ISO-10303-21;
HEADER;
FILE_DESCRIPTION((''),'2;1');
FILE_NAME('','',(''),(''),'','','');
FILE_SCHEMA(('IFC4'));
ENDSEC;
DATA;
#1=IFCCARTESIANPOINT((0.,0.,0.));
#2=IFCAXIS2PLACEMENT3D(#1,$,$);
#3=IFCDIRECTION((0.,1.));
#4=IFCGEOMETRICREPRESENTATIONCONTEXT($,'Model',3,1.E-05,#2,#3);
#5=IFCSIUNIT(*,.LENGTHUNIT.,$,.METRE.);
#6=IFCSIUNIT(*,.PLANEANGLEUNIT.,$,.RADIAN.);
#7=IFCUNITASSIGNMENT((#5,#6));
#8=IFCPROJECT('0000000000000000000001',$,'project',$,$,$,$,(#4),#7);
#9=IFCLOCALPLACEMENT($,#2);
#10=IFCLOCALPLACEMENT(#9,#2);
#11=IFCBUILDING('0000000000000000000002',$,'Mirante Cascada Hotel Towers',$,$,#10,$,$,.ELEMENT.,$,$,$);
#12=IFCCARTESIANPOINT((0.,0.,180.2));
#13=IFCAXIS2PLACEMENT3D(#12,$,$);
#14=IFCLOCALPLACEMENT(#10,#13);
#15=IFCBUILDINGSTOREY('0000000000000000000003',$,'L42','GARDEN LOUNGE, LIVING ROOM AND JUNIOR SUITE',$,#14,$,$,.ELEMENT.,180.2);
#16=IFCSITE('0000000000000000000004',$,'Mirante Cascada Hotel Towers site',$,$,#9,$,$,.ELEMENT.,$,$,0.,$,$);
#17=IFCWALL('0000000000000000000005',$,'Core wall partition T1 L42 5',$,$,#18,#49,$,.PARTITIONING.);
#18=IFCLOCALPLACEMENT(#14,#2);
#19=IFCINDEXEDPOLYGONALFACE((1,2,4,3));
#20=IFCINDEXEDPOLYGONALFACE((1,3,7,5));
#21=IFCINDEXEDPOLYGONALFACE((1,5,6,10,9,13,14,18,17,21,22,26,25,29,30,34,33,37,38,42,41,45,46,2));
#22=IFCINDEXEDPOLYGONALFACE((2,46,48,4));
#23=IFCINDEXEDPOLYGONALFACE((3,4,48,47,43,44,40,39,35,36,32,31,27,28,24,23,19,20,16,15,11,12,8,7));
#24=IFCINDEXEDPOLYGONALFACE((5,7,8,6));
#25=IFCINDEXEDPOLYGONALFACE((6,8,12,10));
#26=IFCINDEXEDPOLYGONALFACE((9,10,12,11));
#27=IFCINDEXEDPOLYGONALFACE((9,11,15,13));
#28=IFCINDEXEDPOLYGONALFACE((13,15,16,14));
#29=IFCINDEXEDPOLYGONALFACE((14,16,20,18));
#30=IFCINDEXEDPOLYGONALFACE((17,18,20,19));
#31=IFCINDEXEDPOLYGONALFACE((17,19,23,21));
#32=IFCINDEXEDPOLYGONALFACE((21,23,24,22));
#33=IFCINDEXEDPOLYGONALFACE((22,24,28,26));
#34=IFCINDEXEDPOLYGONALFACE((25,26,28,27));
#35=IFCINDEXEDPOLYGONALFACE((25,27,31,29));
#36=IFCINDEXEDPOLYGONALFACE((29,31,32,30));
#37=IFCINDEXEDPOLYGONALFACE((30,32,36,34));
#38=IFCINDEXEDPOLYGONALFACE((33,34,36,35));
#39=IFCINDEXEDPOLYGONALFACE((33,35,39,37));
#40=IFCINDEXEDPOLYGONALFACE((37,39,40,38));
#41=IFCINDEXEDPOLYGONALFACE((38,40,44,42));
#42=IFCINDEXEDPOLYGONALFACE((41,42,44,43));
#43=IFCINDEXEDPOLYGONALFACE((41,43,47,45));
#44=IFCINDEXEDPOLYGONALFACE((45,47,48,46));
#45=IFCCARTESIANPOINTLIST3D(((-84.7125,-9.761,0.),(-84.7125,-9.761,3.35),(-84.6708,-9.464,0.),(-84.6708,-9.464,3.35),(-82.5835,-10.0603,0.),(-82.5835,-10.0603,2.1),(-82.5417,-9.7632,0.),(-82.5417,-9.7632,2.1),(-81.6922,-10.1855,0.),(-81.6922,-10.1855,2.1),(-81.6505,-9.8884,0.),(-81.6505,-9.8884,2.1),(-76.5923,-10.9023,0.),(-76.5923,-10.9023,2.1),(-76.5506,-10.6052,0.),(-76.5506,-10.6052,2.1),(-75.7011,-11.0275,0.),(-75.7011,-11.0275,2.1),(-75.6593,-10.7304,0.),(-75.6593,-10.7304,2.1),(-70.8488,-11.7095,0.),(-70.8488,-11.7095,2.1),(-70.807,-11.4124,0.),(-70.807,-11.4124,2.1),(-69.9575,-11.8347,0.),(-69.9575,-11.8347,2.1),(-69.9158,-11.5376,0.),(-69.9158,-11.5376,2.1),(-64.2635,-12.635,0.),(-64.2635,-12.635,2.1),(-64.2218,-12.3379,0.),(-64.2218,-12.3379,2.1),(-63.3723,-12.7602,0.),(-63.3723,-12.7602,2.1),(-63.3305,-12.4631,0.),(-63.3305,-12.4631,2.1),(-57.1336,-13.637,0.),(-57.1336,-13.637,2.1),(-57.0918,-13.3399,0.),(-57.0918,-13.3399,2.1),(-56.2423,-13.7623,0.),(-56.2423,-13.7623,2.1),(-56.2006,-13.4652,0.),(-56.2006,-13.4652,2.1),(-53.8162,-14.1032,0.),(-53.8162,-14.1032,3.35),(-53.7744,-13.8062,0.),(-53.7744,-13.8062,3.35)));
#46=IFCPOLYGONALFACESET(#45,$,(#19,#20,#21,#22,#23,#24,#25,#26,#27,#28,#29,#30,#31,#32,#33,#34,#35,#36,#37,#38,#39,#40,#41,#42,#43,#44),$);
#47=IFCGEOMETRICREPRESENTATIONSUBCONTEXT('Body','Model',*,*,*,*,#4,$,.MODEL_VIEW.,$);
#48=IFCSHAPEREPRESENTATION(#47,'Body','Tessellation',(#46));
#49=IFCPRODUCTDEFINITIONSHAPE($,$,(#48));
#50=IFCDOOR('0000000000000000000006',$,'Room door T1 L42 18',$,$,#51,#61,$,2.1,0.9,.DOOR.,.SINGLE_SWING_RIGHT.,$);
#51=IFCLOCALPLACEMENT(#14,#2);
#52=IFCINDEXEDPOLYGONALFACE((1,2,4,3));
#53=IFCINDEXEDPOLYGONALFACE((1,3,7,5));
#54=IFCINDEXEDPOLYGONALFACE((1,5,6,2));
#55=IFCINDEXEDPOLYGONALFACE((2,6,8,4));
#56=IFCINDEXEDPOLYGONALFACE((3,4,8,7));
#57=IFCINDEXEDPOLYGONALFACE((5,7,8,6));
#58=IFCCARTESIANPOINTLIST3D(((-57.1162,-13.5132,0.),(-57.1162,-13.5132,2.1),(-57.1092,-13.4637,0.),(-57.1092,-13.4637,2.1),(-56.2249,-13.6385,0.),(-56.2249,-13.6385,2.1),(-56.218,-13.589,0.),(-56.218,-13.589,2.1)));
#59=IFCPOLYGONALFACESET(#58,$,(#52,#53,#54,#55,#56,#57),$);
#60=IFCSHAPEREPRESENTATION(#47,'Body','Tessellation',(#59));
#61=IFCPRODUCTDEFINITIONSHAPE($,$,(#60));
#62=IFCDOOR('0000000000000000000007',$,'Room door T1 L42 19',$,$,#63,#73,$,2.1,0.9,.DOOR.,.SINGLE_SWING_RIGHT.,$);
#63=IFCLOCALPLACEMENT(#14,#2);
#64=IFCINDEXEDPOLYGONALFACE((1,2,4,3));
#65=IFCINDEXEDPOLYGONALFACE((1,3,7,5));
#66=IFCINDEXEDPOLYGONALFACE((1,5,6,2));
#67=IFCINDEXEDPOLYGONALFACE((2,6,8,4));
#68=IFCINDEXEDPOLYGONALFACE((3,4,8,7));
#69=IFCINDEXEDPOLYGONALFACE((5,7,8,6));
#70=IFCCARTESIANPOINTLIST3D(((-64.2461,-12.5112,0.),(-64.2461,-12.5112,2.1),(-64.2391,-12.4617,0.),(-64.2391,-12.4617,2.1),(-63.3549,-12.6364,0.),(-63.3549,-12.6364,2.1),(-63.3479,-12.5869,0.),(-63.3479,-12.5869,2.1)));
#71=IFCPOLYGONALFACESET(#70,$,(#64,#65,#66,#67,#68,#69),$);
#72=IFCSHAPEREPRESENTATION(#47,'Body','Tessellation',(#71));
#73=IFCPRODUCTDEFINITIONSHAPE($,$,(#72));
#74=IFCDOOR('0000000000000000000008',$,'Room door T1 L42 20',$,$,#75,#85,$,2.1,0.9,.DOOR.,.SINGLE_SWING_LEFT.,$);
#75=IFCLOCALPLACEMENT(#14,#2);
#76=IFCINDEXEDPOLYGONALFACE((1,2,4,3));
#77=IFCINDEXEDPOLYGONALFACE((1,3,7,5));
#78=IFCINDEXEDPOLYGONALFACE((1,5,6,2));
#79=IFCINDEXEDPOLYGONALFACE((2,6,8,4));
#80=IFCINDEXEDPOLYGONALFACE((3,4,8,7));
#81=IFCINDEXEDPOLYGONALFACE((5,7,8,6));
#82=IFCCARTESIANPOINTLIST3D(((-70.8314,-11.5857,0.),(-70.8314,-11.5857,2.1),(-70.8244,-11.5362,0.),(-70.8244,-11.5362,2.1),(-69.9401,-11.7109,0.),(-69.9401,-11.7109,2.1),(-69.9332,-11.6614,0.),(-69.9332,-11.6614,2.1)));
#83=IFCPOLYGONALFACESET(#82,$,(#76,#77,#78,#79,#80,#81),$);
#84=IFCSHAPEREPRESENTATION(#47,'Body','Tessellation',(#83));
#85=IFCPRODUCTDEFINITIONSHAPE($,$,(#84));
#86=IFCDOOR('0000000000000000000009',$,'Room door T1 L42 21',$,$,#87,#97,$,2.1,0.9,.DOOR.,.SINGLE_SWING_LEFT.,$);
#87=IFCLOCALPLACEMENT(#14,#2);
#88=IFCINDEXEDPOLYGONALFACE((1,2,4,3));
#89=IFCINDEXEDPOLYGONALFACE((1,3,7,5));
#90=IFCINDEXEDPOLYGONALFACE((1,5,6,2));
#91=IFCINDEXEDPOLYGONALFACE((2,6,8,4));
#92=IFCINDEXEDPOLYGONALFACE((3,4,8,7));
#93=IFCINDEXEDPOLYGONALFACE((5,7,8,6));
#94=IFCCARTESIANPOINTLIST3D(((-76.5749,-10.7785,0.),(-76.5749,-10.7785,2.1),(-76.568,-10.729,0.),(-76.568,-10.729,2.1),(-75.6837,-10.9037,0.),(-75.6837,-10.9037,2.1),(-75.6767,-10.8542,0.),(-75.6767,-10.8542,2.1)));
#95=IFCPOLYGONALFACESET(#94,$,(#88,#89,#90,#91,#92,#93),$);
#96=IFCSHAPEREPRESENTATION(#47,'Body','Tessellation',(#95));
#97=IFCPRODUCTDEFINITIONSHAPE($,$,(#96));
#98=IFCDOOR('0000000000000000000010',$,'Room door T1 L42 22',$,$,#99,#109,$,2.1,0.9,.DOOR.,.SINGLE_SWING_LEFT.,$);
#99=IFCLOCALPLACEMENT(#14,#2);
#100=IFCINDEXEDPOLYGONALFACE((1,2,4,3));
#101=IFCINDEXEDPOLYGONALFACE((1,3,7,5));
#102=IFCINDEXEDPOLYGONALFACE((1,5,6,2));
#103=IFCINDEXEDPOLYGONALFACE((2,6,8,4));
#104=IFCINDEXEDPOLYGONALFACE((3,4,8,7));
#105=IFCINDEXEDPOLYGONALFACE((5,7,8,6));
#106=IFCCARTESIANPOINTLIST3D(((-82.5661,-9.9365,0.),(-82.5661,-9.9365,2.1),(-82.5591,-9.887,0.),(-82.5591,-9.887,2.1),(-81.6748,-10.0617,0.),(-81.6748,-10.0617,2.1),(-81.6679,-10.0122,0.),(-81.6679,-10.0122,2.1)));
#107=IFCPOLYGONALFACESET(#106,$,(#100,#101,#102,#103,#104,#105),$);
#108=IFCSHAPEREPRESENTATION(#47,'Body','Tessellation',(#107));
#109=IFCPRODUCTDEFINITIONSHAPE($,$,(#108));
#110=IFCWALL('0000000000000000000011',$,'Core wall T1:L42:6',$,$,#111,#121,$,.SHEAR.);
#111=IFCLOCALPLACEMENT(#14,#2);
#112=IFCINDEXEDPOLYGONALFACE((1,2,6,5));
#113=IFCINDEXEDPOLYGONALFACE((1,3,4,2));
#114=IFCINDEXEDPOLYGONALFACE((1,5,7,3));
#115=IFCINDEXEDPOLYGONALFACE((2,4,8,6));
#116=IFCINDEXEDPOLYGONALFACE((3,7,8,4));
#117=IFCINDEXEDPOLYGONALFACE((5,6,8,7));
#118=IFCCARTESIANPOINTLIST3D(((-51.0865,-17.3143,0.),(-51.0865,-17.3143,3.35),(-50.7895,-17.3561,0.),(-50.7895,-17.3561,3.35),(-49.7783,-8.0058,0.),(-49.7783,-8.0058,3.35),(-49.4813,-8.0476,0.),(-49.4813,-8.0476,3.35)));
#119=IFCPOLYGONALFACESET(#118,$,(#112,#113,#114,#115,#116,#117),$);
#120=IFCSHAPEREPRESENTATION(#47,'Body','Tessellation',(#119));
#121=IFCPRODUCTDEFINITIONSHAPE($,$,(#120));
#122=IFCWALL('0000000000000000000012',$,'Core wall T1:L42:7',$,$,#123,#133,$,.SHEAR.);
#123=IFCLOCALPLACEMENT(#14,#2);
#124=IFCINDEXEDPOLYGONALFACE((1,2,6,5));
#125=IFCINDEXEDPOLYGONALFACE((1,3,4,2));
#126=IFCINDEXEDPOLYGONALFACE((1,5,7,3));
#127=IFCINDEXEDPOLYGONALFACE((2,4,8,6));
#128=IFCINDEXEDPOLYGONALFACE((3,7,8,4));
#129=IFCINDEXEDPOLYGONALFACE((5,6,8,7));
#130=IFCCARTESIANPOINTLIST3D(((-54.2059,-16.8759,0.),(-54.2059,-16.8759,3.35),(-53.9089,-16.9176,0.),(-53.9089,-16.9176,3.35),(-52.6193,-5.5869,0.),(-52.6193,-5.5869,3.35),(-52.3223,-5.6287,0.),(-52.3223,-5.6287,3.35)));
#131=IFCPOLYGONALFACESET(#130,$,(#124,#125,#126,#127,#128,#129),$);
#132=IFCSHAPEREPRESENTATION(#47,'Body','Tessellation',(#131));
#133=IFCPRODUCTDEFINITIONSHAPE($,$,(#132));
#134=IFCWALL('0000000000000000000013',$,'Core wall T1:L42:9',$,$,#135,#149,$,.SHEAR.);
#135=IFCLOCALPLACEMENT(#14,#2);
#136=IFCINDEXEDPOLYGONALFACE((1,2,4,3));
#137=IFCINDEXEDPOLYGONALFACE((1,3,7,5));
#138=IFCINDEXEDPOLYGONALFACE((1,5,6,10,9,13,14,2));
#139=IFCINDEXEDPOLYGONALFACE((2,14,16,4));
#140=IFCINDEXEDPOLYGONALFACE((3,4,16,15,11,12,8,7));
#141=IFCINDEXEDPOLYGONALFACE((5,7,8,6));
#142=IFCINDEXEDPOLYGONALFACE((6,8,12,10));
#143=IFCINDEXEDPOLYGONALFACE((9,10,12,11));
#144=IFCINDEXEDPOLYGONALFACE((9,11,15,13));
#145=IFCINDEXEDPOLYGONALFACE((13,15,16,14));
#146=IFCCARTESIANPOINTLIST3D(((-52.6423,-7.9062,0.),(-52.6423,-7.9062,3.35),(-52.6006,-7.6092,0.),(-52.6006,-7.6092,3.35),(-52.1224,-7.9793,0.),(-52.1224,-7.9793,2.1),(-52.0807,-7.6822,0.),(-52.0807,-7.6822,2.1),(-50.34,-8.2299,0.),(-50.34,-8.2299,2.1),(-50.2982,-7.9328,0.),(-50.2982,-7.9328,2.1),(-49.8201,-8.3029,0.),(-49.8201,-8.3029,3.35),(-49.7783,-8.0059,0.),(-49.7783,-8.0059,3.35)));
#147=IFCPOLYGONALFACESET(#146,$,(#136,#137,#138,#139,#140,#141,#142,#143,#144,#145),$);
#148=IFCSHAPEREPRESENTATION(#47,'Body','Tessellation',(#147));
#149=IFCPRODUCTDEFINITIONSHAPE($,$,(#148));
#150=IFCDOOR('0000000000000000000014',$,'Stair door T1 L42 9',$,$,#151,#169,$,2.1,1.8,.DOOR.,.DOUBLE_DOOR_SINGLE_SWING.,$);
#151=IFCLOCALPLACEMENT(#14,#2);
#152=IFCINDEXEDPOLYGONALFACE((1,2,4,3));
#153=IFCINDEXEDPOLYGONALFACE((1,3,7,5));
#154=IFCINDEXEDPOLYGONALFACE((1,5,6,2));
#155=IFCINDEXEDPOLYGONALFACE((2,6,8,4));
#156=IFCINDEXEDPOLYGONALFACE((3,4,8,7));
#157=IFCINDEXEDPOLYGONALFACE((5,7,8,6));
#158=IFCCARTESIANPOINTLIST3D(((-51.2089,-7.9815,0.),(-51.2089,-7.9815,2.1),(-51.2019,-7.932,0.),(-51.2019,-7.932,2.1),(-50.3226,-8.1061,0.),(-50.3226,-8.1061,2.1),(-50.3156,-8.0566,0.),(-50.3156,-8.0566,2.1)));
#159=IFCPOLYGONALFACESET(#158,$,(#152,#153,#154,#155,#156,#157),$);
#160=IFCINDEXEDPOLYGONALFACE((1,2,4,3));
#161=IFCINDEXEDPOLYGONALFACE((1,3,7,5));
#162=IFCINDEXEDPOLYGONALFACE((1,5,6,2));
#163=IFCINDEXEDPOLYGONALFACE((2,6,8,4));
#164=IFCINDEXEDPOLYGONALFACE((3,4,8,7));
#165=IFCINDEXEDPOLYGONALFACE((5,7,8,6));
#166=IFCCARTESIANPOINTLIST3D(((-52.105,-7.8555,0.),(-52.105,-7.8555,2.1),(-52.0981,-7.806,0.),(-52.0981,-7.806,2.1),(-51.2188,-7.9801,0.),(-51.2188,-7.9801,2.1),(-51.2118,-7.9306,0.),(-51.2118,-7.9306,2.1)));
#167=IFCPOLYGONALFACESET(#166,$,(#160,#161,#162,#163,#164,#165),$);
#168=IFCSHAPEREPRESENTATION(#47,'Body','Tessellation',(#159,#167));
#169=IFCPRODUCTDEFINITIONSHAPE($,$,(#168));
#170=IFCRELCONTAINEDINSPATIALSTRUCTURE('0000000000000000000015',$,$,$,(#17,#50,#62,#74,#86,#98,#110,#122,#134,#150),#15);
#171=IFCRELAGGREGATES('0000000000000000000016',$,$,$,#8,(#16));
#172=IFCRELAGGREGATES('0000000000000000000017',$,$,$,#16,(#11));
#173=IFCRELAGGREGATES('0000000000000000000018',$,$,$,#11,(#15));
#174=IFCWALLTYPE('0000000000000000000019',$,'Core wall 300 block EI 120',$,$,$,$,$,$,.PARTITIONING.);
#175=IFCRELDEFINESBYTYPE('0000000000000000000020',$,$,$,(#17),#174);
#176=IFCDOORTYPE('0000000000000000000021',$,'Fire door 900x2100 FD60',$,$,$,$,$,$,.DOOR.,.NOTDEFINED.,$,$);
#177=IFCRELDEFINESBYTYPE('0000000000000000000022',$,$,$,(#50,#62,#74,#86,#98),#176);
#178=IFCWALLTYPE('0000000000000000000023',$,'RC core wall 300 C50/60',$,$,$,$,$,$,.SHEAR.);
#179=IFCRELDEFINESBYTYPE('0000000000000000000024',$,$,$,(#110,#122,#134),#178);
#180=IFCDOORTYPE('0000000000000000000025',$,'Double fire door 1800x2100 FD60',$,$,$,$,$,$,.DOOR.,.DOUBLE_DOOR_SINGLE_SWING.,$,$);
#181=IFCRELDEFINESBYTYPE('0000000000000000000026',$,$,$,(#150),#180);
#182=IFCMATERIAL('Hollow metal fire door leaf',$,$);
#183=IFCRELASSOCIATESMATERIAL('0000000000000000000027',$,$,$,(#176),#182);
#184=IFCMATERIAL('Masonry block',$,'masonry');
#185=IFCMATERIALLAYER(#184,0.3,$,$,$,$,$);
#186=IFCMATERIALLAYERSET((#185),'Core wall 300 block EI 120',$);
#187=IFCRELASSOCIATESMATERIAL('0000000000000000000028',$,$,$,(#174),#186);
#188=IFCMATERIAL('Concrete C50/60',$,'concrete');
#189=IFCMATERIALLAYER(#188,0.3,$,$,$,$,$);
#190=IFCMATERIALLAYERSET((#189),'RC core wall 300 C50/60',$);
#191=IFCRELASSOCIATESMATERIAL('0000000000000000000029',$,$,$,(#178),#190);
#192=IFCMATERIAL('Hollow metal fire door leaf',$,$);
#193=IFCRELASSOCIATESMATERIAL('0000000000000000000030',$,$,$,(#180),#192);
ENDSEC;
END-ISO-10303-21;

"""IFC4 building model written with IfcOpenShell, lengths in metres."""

from ifc_helpers import new_model, si_unit, direction, frame, frame_2d, origin, place, context, subcontext, project, spatial, rectangle, extrude, material, layer, layer_set, type_object, element, fill, save


model = new_model("IFC4")

# Units and contexts
model_context = context("Model", 3, precision=1e-05, world=origin(), true_north=direction((0.0, 1.0)))
body_context = subcontext(model_context, "Body", "Model", "MODEL_VIEW")
ifc_project = project(units=[si_unit("LENGTHUNIT", "METRE"), si_unit("PLANEANGLEUNIT", "RADIAN")], contexts=[model_context])

# Site, building, storey
site_placement = place(None, origin())
site = spatial("IfcSite", under=ifc_project, at=site_placement, Name="Mirante Cascada Hotel Towers site", CompositionType="ELEMENT", RefElevation=0.0)
building_placement = place(site_placement, origin())
building = spatial("IfcBuilding", under=site, at=building_placement, Name="Mirante Cascada Hotel Towers", CompositionType="ELEMENT")
storey_placement = place(building_placement, frame((0.0, 0.0, 180.2)))
storey = spatial("IfcBuildingStorey", under=building, at=storey_placement, Name="L42", Description="GARDEN LOUNGE, LIVING ROOM AND JUNIOR SUITE", CompositionType="ELEMENT", Elevation=180.2)

# Shared definitions
ifc_material_1 = material(Name="Hollow metal fire door leaf")
door_type_1 = type_object("IfcDoorType", Name="Fire door 900x2100 FD60", OperationType="NOTDEFINED", PredefinedType="DOOR", material=ifc_material_1)

# Wall, openings, doors
ifc_material_2 = material(Name="Masonry block", Category="masonry")
ifc_layer_1 = layer(ifc_material_2, 0.3)
ifc_layer_set_1 = layer_set([ifc_layer_1], Name="Core wall 300 block EI 120")
wall_type_1 = type_object("IfcWallType", Name="Core wall 300 block EI 120", PredefinedType="PARTITIONING", material=ifc_layer_set_1)
wall_1_placement = place(storey_placement, frame((-53.7953, -13.9547, 0.0), z_axis=(0.0, 0.0, 1.0), x_axis=(-0.990268, 0.139173, 0.0)))
wall_1 = element("IfcWall", 1, at=wall_1_placement, inside=storey, type_object=wall_type_1, Name="Core wall partition T1 L42 5", PredefinedType="PARTITIONING", context=body_context, shape_type="SweptSolid", body=[
    extrude(rectangle(XDim=31.2, YDim=0.3, at=frame_2d((15.6, 0.0))), origin(), (0.0, 0.0, 1.0), 3.35),
])
opening_1_placement = place(wall_1_placement, frame((2.45, 0.0, 0.0)))
opening_1 = element("IfcOpeningElement", 2, at=opening_1_placement, cuts=wall_1, PredefinedType="OPENING", context=body_context, shape_type="SweptSolid", body=[
    extrude(rectangle(XDim=0.9, YDim=2.1, at=frame_2d((0.45, 1.05))), frame((0.0, 0.15, 0.0), z_axis=(0.0, -1.0, 0.0), x_axis=(1.0, 0.0, 0.0)), (0.0, 0.0, 1.0), 0.3),
])
opening_2_placement = place(wall_1_placement, frame((9.65, 0.0, 0.0)))
opening_2 = element("IfcOpeningElement", 3, at=opening_2_placement, cuts=wall_1, PredefinedType="OPENING", context=body_context, shape_type="SweptSolid", body=[
    extrude(rectangle(XDim=0.9, YDim=2.1, at=frame_2d((0.45, 1.05))), frame((0.0, 0.15, 0.0), z_axis=(0.0, -1.0, 0.0), x_axis=(1.0, 0.0, 0.0)), (0.0, 0.0, 1.0), 0.3),
])
opening_3_placement = place(wall_1_placement, frame((16.3, 0.0, 0.0)))
opening_3 = element("IfcOpeningElement", 4, at=opening_3_placement, cuts=wall_1, PredefinedType="OPENING", context=body_context, shape_type="SweptSolid", body=[
    extrude(rectangle(XDim=0.9, YDim=2.1, at=frame_2d((0.45, 1.05))), frame((0.0, 0.15, 0.0), z_axis=(0.0, -1.0, 0.0), x_axis=(1.0, 0.0, 0.0)), (0.0, 0.0, 1.0), 0.3),
])
opening_4_placement = place(wall_1_placement, frame((22.1, 0.0, 0.0)))
opening_4 = element("IfcOpeningElement", 5, at=opening_4_placement, cuts=wall_1, PredefinedType="OPENING", context=body_context, shape_type="SweptSolid", body=[
    extrude(rectangle(XDim=0.9, YDim=2.1, at=frame_2d((0.45, 1.05))), frame((0.0, 0.15, 0.0), z_axis=(0.0, -1.0, 0.0), x_axis=(1.0, 0.0, 0.0)), (0.0, 0.0, 1.0), 0.3),
])
opening_5_placement = place(wall_1_placement, frame((28.15, 0.0, 0.0)))
opening_5 = element("IfcOpeningElement", 6, at=opening_5_placement, cuts=wall_1, PredefinedType="OPENING", context=body_context, shape_type="SweptSolid", body=[
    extrude(rectangle(XDim=0.9, YDim=2.1, at=frame_2d((0.45, 1.05))), frame((0.0, 0.15, 0.0), z_axis=(0.0, -1.0, 0.0), x_axis=(1.0, 0.0, 0.0)), (0.0, 0.0, 1.0), 0.3),
])
door_1_placement = place(opening_1_placement, origin())
door_1 = element("IfcDoor", 7, at=door_1_placement, inside=storey, type_object=door_type_1, Name="Room door T1 L42 18", OperationType="SINGLE_SWING_RIGHT", OverallHeight=2.1, OverallWidth=0.9, PredefinedType="DOOR", context=body_context, shape_type="SweptSolid", body=[
    extrude(rectangle(XDim=0.9, YDim=2.1, at=frame_2d((0.45, 1.05))), frame((0.0, 0.025, 0.0), z_axis=(0.0, -1.0, 0.0), x_axis=(1.0, 0.0, 0.0)), (0.0, 0.0, 1.0), 0.05),
])
fill(opening_1, door_1)
door_2_placement = place(opening_2_placement, origin())
door_2 = element("IfcDoor", 8, at=door_2_placement, inside=storey, type_object=door_type_1, Name="Room door T1 L42 19", OperationType="SINGLE_SWING_RIGHT", OverallHeight=2.1, OverallWidth=0.9, PredefinedType="DOOR", context=body_context, shape_type="SweptSolid", body=[
    extrude(rectangle(XDim=0.9, YDim=2.1, at=frame_2d((0.45, 1.05))), frame((0.0, 0.025, 0.0), z_axis=(0.0, -1.0, 0.0), x_axis=(1.0, 0.0, 0.0)), (0.0, 0.0, 1.0), 0.05),
])
fill(opening_2, door_2)
door_3_placement = place(opening_3_placement, origin())
door_3 = element("IfcDoor", 9, at=door_3_placement, inside=storey, type_object=door_type_1, Name="Room door T1 L42 20", OperationType="SINGLE_SWING_LEFT", OverallHeight=2.1, OverallWidth=0.9, PredefinedType="DOOR", context=body_context, shape_type="SweptSolid", body=[
    extrude(rectangle(XDim=0.9, YDim=2.1, at=frame_2d((0.45, 1.05))), frame((0.0, 0.025, 0.0), z_axis=(0.0, -1.0, 0.0), x_axis=(1.0, 0.0, 0.0)), (0.0, 0.0, 1.0), 0.05),
])
fill(opening_3, door_3)
door_4_placement = place(opening_4_placement, origin())
door_4 = element("IfcDoor", 10, at=door_4_placement, inside=storey, type_object=door_type_1, Name="Room door T1 L42 21", OperationType="SINGLE_SWING_LEFT", OverallHeight=2.1, OverallWidth=0.9, PredefinedType="DOOR", context=body_context, shape_type="SweptSolid", body=[
    extrude(rectangle(XDim=0.9, YDim=2.1, at=frame_2d((0.45, 1.05))), frame((0.0, 0.025, 0.0), z_axis=(0.0, -1.0, 0.0), x_axis=(1.0, 0.0, 0.0)), (0.0, 0.0, 1.0), 0.05),
])
fill(opening_4, door_4)
door_5_placement = place(opening_5_placement, origin())
door_5 = element("IfcDoor", 11, at=door_5_placement, inside=storey, type_object=door_type_1, Name="Room door T1 L42 22", OperationType="SINGLE_SWING_LEFT", OverallHeight=2.1, OverallWidth=0.9, PredefinedType="DOOR", context=body_context, shape_type="SweptSolid", body=[
    extrude(rectangle(XDim=0.9, YDim=2.1, at=frame_2d((0.45, 1.05))), frame((0.0, 0.025, 0.0), z_axis=(0.0, -1.0, 0.0), x_axis=(1.0, 0.0, 0.0)), (0.0, 0.0, 1.0), 0.05),
])
fill(opening_5, door_5)

# Walls
ifc_material_3 = material(Name="Concrete C50/60", Category="concrete")
ifc_layer_2 = layer(ifc_material_3, 0.3)
ifc_layer_set_2 = layer_set([ifc_layer_2], Name="RC core wall 300 C50/60")
wall_type_2 = type_object("IfcWallType", Name="RC core wall 300 C50/60", PredefinedType="SHEAR", material=ifc_layer_set_2)
wall_2_placement = place(storey_placement, frame((-50.938, -17.3352, 0.0), z_axis=(0.0, 0.0, 1.0), x_axis=(0.139171, 0.990268, 0.0)))
element("IfcWall", 12, at=wall_2_placement, inside=storey, type_object=wall_type_2, Name="Core wall T1:L42:6", PredefinedType="SHEAR", context=body_context, shape_type="SweptSolid", body=[
    extrude(rectangle(XDim=9.4, YDim=0.3, at=frame_2d((4.7, 0.0))), origin(), (0.0, 0.0, 1.0), 3.35),
])
wall_3_placement = place(storey_placement, frame((-54.0574, -16.8968, 0.0), z_axis=(0.0, 0.0, 1.0), x_axis=(0.139176, 0.990268, 0.0)))
element("IfcWall", 13, at=wall_3_placement, inside=storey, type_object=wall_type_2, Name="Core wall T1:L42:7", PredefinedType="SHEAR", context=body_context, shape_type="SweptSolid", body=[
    extrude(rectangle(XDim=11.3999, YDim=0.3, at=frame_2d((5.7, 0.0))), origin(), (0.0, 0.0, 1.0), 3.35),
])

# Wall, opening, door
wall_4_placement = place(storey_placement, frame((-49.7992, -8.1544, 0.0), z_axis=(0.0, 0.0, 1.0), x_axis=(-0.990266, 0.139191, 0.0)))
wall_4 = element("IfcWall", 14, at=wall_4_placement, inside=storey, type_object=wall_type_2, Name="Core wall T1:L42:9", PredefinedType="SHEAR", context=body_context, shape_type="SweptSolid", body=[
    extrude(rectangle(XDim=2.85, YDim=0.3, at=frame_2d((1.425, 0.0))), origin(), (0.0, 0.0, 1.0), 3.35),
])
opening_6_placement = place(wall_4_placement, frame((0.525, 0.0, 0.0)))
opening_6 = element("IfcOpeningElement", 15, at=opening_6_placement, cuts=wall_4, PredefinedType="OPENING", context=body_context, shape_type="SweptSolid", body=[
    extrude(rectangle(XDim=1.8, YDim=2.1, at=frame_2d((0.9, 1.05))), frame((0.0, 0.15, 0.0), z_axis=(0.0, -1.0, 0.0), x_axis=(1.0, 0.0, 0.0)), (0.0, 0.0, 1.0), 0.3),
])
ifc_material_4 = material(Name="Hollow metal fire door leaf")
door_type_2 = type_object("IfcDoorType", Name="Double fire door 1800x2100 FD60", OperationType="DOUBLE_DOOR_SINGLE_SWING", PredefinedType="DOOR", material=ifc_material_4)
door_6_placement = place(opening_6_placement, origin())
door_6 = element("IfcDoor", 16, at=door_6_placement, inside=storey, type_object=door_type_2, Name="Stair door T1 L42 9", OperationType="DOUBLE_DOOR_SINGLE_SWING", OverallHeight=2.1, OverallWidth=1.8, PredefinedType="DOOR", context=body_context, shape_type="SweptSolid", body=[
    extrude(rectangle(XDim=0.895, YDim=2.1, at=frame_2d((0.4475, 1.05))), frame((0.0, 0.025, 0.0), z_axis=(0.0, -1.0, 0.0), x_axis=(1.0, 0.0, 0.0)), (0.0, 0.0, 1.0), 0.05),
    extrude(rectangle(XDim=0.895, YDim=2.1, at=frame_2d((1.3525, 1.05))), frame((0.0, 0.025, 0.0), z_axis=(0.0, -1.0, 0.0), x_axis=(1.0, 0.0, 0.0)), (0.0, 0.0, 1.0), 0.05),
])
fill(opening_6, door_6)

save(model, "model.ifc")
